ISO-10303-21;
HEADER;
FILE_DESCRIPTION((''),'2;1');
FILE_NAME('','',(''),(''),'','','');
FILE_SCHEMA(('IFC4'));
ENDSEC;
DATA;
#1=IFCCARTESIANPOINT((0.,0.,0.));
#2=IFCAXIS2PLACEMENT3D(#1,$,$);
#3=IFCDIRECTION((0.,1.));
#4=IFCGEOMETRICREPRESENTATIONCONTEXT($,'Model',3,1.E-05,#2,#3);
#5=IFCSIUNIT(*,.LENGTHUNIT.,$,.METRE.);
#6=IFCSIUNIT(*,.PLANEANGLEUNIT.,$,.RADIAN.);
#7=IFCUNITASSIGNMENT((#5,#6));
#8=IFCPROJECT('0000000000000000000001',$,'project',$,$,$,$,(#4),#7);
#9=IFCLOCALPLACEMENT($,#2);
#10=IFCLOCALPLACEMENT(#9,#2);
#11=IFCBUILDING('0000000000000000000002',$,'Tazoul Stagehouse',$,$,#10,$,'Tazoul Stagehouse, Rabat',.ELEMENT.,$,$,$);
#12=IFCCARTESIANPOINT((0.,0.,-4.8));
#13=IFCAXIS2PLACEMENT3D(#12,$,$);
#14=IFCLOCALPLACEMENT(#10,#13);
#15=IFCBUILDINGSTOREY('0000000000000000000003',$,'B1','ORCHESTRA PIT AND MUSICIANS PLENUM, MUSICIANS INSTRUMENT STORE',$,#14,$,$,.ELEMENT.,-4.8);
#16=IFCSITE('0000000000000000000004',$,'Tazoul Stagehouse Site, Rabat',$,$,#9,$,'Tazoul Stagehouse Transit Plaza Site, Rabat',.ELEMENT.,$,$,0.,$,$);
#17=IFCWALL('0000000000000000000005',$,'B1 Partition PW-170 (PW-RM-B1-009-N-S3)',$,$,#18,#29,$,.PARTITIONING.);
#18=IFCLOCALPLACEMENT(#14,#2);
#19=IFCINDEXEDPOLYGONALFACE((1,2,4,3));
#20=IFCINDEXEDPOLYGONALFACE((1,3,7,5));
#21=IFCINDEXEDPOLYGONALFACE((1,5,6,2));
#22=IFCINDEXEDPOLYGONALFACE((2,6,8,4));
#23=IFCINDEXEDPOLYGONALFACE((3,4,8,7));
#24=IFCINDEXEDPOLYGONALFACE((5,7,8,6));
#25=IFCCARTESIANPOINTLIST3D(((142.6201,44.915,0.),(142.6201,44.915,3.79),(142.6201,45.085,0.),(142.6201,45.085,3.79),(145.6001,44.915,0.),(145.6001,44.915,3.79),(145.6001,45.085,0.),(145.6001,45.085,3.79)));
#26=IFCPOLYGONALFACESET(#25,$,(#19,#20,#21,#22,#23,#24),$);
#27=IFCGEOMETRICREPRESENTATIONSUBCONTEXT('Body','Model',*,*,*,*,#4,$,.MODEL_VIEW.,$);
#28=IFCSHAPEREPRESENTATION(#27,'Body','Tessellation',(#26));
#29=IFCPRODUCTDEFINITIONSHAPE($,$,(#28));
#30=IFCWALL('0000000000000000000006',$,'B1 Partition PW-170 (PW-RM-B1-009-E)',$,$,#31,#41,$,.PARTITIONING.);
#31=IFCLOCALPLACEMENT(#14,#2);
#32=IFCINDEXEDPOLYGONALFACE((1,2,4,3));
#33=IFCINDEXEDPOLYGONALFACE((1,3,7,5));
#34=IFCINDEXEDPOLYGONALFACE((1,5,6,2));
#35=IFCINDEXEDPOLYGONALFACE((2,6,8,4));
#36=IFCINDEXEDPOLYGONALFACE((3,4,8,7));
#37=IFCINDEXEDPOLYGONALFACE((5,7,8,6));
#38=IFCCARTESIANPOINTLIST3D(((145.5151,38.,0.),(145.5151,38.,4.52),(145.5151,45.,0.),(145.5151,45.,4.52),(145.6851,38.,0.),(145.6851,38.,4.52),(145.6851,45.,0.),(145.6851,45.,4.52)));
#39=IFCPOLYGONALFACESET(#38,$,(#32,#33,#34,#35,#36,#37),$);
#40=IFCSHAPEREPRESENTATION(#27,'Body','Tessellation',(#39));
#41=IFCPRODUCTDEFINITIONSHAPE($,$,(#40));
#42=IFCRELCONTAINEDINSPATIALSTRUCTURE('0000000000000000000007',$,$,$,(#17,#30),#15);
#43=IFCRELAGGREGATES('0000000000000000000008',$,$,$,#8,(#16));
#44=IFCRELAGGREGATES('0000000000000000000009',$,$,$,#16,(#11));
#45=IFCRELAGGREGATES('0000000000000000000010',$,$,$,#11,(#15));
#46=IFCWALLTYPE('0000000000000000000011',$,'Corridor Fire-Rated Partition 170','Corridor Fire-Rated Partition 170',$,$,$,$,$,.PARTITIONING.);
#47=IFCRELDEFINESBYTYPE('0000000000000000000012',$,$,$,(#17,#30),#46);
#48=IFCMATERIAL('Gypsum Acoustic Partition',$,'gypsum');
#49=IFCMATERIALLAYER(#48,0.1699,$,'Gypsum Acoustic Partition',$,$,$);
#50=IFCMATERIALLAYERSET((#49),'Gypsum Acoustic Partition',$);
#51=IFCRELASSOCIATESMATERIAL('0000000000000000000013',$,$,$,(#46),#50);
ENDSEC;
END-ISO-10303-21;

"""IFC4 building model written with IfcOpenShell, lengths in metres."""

from ifc_helpers import new_model, si_unit, direction, frame, frame_2d, origin, place, context, subcontext, project, spatial, rectangle, extrude, material, layer, layer_set, type_object, element, save


model = new_model("IFC4")

# Units and contexts
model_context = context("Model", 3, precision=1e-05, world=origin(), true_north=direction((0.0, 1.0)))
body_context = subcontext(model_context, "Body", "Model", "MODEL_VIEW")
ifc_project = project(units=[si_unit("LENGTHUNIT", "METRE"), si_unit("PLANEANGLEUNIT", "RADIAN")], contexts=[model_context])

# Site, building, storey
site_placement = place(None, origin())
site = spatial("IfcSite", under=ifc_project, at=site_placement, Name="Tazoul Stagehouse Site, Rabat", LongName="Tazoul Stagehouse Transit Plaza Site, Rabat", CompositionType="ELEMENT", RefElevation=0.0)
building_placement = place(site_placement, origin())
building = spatial("IfcBuilding", under=site, at=building_placement, Name="Tazoul Stagehouse", LongName="Tazoul Stagehouse, Rabat", CompositionType="ELEMENT")
storey_placement = place(building_placement, frame((0.0, 0.0, -4.8)))
storey = spatial("IfcBuildingStorey", under=building, at=storey_placement, Name="B1", Description="ORCHESTRA PIT AND MUSICIANS PLENUM, MUSICIANS INSTRUMENT STORE", CompositionType="ELEMENT", Elevation=-4.8)

# Walls
ifc_material_1 = material(Name="Gypsum Acoustic Partition", Category="gypsum")
ifc_layer = layer(ifc_material_1, 0.1699, Name="Gypsum Acoustic Partition")
ifc_layer_set = layer_set([ifc_layer], Name="Gypsum Acoustic Partition")
wall_type = type_object("IfcWallType", Name="Corridor Fire-Rated Partition 170", Description="Corridor Fire-Rated Partition 170", PredefinedType="PARTITIONING", material=ifc_layer_set)
wall_1_placement = place(storey_placement, frame((142.6201, 45.0, 0.0), z_axis=(0.0, 0.0, 1.0), x_axis=(1.0, 0.0, 0.0)))
element("IfcWall", 1, at=wall_1_placement, inside=storey, type_object=wall_type, Name="B1 Partition PW-170 (PW-RM-B1-009-N-S3)", PredefinedType="PARTITIONING", context=body_context, shape_type="SweptSolid", body=[
    extrude(rectangle(XDim=2.98, YDim=0.1699, at=frame_2d((1.49, 0.0))), origin(), (0.0, 0.0, 1.0), 3.79),
])
wall_2_placement = place(storey_placement, frame((145.6001, 45.0, 0.0), z_axis=(0.0, 0.0, 1.0), x_axis=(0.0, -1.0, 0.0)))
element("IfcWall", 2, at=wall_2_placement, inside=storey, type_object=wall_type, Name="B1 Partition PW-170 (PW-RM-B1-009-E)", PredefinedType="PARTITIONING", context=body_context, shape_type="SweptSolid", body=[
    extrude(rectangle(XDim=7.0, YDim=0.1699, at=frame_2d((3.5, 0.0))), origin(), (0.0, 0.0, 1.0), 4.52),
])

save(model, "model.ifc")
